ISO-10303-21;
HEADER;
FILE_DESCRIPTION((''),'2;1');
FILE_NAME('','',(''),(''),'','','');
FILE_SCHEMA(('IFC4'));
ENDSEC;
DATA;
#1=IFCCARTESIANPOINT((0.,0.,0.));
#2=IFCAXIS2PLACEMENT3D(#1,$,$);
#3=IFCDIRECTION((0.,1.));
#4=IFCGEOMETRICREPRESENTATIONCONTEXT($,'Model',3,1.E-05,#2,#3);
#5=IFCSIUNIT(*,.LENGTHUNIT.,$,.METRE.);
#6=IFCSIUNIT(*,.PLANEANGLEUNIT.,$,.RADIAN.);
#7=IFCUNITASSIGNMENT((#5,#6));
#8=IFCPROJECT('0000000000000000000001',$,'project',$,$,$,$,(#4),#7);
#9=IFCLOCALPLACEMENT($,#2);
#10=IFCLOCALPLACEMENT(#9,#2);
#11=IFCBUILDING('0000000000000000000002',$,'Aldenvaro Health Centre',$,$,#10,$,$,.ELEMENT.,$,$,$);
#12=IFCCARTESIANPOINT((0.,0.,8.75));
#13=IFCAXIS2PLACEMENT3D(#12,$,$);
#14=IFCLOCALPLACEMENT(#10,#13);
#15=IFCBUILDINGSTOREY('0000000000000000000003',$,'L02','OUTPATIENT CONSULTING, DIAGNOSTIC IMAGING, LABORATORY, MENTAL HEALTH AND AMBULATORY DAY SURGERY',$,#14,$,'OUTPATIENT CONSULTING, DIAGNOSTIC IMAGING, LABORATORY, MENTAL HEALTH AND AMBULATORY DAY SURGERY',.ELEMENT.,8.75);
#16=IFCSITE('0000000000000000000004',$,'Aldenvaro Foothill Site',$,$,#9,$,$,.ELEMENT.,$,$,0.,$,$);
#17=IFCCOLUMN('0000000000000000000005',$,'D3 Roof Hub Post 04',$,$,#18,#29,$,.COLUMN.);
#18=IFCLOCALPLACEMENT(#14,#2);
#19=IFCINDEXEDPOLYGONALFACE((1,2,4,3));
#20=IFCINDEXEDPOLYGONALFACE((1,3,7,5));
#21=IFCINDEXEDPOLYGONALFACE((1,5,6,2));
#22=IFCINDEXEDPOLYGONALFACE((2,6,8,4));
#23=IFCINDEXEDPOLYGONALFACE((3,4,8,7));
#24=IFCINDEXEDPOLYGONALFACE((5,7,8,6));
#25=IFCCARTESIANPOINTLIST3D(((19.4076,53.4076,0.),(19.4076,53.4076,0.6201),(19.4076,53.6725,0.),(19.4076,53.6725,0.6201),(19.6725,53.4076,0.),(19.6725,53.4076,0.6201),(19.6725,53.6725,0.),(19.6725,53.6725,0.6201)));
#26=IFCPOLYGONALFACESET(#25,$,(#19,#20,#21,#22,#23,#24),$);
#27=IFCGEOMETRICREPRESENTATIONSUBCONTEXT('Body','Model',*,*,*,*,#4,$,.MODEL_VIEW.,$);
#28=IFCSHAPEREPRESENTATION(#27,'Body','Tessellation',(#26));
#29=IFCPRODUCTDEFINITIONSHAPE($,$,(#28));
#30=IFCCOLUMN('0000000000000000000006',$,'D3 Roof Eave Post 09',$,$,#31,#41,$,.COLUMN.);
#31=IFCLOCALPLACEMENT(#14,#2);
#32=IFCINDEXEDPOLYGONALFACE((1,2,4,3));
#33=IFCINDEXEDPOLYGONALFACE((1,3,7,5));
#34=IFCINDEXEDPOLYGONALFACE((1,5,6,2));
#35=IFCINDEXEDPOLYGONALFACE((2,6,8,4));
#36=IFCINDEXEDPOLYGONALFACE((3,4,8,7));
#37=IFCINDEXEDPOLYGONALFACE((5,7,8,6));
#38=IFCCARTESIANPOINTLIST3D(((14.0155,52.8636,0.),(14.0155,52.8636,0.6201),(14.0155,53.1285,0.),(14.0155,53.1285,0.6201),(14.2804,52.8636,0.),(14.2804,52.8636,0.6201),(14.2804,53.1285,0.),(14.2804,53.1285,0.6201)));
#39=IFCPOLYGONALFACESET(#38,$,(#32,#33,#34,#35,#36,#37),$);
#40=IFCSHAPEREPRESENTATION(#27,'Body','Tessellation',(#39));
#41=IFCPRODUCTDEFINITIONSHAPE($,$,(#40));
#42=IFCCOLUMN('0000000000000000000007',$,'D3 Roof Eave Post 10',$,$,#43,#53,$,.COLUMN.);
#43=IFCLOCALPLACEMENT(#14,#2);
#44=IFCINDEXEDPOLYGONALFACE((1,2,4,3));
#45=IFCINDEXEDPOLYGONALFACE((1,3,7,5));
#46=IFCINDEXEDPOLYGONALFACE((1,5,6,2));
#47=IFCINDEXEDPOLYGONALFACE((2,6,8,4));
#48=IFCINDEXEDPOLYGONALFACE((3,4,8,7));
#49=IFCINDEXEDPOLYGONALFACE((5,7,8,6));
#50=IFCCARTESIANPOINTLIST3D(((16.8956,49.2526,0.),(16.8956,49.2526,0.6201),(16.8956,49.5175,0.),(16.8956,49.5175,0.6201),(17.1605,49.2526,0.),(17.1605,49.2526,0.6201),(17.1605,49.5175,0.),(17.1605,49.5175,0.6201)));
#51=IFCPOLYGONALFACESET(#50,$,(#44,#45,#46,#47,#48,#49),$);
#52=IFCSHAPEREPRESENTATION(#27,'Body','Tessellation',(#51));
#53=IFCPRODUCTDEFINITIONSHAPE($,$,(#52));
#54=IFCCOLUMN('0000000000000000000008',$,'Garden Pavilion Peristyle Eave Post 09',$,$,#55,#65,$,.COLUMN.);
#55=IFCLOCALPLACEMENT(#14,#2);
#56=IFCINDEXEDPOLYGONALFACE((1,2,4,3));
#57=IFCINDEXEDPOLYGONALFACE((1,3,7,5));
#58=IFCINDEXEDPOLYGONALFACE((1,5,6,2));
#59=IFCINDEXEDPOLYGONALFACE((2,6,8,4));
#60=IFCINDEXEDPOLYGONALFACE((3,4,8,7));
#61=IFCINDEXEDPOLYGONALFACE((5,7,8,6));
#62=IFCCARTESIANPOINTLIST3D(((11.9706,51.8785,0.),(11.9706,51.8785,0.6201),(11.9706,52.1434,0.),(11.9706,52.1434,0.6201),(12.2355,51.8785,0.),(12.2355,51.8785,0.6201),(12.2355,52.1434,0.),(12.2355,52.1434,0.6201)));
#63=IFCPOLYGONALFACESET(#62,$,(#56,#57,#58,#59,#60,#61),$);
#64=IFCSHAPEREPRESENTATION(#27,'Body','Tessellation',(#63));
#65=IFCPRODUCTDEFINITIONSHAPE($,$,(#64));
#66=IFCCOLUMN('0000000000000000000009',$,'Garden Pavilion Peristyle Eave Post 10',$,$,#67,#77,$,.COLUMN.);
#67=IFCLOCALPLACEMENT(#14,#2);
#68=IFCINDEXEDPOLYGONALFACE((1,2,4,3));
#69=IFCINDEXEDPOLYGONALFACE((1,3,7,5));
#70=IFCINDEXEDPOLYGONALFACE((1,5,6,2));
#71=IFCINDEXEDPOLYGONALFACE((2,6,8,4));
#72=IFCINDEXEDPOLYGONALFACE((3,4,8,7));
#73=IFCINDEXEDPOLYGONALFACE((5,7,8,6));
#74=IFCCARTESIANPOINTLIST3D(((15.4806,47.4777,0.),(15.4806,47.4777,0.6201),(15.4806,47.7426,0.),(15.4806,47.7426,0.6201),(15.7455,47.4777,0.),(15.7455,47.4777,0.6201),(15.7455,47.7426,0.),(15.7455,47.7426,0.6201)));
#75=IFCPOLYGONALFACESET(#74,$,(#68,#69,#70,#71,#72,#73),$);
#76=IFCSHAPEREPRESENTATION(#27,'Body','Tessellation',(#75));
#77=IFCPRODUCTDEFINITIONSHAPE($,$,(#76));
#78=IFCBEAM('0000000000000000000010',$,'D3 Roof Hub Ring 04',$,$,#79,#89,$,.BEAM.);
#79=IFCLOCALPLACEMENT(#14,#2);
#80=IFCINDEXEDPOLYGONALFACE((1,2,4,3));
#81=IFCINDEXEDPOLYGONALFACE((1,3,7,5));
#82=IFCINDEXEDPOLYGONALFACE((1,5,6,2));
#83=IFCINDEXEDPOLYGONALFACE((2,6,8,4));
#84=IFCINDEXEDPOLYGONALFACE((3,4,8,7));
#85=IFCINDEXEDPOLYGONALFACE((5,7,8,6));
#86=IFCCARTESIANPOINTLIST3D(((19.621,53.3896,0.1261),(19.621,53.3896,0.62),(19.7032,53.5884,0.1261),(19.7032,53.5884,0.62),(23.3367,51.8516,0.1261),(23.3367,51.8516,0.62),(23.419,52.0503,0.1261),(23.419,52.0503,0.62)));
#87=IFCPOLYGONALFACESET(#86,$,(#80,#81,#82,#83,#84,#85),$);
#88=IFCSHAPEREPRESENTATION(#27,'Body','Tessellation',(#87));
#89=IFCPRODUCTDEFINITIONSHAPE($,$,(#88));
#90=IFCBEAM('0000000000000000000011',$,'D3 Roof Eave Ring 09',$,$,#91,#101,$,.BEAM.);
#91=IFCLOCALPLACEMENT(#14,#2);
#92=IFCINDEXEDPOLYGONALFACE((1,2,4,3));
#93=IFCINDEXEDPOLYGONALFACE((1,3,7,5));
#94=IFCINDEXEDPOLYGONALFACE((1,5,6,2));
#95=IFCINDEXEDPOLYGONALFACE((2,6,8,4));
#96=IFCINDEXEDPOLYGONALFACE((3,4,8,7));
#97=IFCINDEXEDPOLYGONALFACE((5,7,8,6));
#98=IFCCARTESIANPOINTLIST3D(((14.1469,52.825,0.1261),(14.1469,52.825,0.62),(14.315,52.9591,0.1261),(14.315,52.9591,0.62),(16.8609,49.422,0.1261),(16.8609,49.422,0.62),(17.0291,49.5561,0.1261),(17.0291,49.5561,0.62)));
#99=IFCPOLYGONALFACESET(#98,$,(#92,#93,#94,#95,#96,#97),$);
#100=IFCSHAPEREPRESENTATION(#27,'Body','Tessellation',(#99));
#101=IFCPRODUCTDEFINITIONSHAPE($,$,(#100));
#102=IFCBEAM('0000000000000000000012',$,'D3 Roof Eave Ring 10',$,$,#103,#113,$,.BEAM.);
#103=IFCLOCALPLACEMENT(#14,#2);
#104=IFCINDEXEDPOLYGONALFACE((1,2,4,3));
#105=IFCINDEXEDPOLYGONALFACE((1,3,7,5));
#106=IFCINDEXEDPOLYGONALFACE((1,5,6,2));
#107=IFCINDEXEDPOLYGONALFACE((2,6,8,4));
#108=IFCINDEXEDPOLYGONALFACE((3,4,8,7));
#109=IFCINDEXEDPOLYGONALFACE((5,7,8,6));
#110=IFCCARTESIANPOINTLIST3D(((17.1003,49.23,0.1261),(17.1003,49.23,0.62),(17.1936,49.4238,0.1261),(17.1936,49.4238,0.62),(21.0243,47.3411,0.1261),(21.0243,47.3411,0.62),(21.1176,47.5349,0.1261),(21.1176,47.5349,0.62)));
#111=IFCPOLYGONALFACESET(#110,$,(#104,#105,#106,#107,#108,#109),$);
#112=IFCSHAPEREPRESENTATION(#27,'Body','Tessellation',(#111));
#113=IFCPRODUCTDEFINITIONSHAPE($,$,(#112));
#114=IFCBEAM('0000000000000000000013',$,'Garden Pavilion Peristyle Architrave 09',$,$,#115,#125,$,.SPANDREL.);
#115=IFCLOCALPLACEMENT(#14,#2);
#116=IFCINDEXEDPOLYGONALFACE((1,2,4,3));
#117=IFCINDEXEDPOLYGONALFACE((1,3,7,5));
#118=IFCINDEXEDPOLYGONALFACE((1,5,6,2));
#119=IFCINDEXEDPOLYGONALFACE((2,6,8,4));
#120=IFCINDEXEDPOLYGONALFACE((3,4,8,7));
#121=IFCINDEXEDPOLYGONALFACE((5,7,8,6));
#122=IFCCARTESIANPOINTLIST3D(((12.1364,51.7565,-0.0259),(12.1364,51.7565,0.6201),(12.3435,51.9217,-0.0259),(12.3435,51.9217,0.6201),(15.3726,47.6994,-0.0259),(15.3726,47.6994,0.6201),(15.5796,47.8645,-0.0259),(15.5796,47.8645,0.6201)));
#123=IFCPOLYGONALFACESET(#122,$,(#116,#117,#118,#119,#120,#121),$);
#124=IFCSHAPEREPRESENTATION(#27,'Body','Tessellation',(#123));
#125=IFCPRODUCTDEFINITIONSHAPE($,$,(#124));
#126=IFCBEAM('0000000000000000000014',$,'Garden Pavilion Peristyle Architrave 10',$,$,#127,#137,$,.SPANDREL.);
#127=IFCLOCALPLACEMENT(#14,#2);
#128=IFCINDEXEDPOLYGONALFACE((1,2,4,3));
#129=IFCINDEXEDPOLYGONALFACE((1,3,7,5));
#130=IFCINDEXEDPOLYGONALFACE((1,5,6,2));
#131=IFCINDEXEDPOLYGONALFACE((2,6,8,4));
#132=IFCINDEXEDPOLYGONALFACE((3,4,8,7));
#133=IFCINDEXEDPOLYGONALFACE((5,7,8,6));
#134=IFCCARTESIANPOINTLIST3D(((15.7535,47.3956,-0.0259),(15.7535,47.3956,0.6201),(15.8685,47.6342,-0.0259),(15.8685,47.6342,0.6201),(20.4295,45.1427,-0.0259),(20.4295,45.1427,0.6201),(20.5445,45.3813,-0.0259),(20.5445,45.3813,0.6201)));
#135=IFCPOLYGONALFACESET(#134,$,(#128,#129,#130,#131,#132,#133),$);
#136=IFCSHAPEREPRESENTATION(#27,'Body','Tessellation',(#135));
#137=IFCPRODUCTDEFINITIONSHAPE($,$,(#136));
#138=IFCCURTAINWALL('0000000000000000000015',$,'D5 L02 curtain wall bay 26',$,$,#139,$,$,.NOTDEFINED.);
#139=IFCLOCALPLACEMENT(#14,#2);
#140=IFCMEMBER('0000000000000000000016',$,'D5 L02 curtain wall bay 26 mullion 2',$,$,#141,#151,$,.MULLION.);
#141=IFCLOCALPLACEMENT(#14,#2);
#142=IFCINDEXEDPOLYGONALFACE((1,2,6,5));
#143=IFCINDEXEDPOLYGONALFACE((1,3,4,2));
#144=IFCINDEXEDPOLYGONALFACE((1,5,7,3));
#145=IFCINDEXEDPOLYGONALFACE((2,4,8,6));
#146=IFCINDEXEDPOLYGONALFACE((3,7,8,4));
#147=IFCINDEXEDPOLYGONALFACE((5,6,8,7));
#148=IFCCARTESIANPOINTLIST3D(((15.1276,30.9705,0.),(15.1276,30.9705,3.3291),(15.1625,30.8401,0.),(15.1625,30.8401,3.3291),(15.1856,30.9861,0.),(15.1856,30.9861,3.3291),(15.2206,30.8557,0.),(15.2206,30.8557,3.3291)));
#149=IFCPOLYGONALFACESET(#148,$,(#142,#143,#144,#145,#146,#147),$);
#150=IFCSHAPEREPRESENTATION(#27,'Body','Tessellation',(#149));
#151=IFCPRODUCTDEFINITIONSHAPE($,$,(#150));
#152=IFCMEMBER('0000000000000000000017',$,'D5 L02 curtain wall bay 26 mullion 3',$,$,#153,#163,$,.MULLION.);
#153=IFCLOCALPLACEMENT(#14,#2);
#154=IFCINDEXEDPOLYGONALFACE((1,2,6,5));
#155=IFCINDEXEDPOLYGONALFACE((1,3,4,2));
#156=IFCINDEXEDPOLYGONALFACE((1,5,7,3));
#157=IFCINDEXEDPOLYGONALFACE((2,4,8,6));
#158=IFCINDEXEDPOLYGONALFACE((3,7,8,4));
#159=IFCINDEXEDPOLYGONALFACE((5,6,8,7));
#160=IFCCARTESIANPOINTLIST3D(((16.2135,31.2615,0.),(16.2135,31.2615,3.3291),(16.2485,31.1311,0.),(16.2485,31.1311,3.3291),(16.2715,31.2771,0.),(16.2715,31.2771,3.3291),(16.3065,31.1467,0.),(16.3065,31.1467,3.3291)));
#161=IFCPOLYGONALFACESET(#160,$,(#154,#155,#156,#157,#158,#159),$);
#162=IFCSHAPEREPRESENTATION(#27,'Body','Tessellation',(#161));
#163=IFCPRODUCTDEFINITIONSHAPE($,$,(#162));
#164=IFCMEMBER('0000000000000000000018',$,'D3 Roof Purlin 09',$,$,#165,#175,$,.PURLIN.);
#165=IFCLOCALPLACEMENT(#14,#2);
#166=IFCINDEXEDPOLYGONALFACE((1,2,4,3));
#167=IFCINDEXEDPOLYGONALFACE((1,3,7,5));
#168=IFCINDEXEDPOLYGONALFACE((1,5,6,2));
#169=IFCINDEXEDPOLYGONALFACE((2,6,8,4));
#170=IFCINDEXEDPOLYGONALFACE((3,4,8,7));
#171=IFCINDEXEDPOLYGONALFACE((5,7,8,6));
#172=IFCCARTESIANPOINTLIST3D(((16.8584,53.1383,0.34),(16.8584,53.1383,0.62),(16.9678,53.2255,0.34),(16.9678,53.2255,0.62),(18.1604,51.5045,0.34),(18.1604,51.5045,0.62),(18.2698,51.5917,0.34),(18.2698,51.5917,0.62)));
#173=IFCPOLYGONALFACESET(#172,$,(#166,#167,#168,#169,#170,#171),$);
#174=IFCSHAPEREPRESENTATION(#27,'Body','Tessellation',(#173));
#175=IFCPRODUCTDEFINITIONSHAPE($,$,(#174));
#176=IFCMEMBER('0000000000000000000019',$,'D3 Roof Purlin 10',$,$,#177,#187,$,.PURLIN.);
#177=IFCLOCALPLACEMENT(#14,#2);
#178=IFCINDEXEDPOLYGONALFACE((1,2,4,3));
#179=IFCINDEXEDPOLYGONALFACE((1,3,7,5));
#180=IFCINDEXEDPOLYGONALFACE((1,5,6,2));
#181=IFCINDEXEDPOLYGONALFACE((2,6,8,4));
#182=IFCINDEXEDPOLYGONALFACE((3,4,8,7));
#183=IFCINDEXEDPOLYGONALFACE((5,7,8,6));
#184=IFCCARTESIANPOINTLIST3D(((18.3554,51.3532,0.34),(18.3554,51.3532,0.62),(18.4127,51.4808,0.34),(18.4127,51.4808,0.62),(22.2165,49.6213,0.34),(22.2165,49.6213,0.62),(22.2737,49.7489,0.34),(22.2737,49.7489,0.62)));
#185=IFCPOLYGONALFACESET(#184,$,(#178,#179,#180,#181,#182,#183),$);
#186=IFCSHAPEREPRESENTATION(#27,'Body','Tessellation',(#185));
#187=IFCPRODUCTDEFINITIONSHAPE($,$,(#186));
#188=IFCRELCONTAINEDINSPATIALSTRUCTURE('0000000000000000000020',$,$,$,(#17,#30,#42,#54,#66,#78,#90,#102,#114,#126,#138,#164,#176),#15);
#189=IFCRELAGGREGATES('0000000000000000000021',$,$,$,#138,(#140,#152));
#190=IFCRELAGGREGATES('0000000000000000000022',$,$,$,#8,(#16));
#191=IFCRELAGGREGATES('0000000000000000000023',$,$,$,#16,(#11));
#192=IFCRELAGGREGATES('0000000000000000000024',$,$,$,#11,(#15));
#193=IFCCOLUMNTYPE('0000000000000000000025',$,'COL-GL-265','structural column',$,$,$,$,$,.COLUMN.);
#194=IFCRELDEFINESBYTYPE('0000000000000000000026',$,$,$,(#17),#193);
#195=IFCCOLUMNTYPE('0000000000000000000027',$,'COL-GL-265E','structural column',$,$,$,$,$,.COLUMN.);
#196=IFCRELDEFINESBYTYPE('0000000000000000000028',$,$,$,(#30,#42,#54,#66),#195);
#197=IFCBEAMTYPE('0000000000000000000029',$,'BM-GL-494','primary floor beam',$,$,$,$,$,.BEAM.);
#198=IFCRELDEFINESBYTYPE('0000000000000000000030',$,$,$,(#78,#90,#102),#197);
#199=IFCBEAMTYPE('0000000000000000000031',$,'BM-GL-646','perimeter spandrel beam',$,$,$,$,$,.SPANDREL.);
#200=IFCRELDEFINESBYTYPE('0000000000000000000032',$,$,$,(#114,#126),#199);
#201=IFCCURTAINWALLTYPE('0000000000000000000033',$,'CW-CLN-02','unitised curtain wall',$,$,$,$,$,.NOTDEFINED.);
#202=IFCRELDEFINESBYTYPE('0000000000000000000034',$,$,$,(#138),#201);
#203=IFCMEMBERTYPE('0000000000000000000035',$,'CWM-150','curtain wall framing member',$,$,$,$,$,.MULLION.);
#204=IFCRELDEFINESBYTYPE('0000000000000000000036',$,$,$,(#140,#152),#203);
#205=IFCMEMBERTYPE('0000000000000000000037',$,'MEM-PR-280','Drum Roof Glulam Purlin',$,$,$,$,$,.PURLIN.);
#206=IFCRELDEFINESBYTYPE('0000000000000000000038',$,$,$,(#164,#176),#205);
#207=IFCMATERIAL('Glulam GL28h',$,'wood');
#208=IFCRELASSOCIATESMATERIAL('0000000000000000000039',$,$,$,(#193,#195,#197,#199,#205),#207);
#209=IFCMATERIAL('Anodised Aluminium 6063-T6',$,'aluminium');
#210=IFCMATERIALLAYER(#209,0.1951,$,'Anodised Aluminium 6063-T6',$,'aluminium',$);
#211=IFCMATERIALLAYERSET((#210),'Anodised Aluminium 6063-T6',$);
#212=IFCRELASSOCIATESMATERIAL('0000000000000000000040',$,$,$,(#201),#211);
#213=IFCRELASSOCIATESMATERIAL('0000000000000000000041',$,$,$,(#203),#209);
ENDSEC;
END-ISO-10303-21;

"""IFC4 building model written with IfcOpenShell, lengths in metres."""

from ifc_helpers import new_model, si_unit, direction, frame, origin, origin_2d, place, context, subcontext, project, spatial, rectangle, extrude, material, layer, layer_set, material_profile, profile_set, type_object, element, aggregate, save


model = new_model("IFC4")

# Units and contexts
model_context = context("Model", 3, precision=1e-05, world=origin(), true_north=direction((0.0, 1.0)))
body_context = subcontext(model_context, "Body", "Model", "MODEL_VIEW")
ifc_project = project(units=[si_unit("LENGTHUNIT", "METRE"), si_unit("PLANEANGLEUNIT", "RADIAN")], contexts=[model_context])

# Site, building, storey
site_placement = place(None, origin())
site = spatial("IfcSite", under=ifc_project, at=site_placement, Name="Aldenvaro Foothill Site", CompositionType="ELEMENT", RefElevation=0.0)
building_placement = place(site_placement, origin())
building = spatial("IfcBuilding", under=site, at=building_placement, Name="Aldenvaro Health Centre", CompositionType="ELEMENT")
storey_placement = place(building_placement, frame((0.0, 0.0, 8.75)))
storey = spatial("IfcBuildingStorey", under=building, at=storey_placement, Name="L02", Description="OUTPATIENT CONSULTING, DIAGNOSTIC IMAGING, LABORATORY, MENTAL HEALTH AND AMBULATORY DAY SURGERY", LongName="OUTPATIENT CONSULTING, DIAGNOSTIC IMAGING, LABORATORY, MENTAL HEALTH AND AMBULATORY DAY SURGERY", CompositionType="ELEMENT", Elevation=8.75)

# Columns
ifc_material_1 = material(Name="Glulam GL28h", Category="wood")
ifc_material_profile_1 = material_profile(ifc_material_1, rectangle(XDim=0.2649, YDim=0.2649, at=origin_2d()), Name="GL 265x265", Category="wood")
ifc_profile_set_1 = profile_set([ifc_material_profile_1], Name="Glulam GL28h")
column_type_1 = type_object("IfcColumnType", Name="COL-GL-265", Description="structural column", PredefinedType="COLUMN", material=ifc_profile_set_1)
column_placement = place(storey_placement, frame((19.54, 53.54, 0.0), z_axis=(0.0, 0.0, 1.0), x_axis=(1.0, 0.0, 0.0)))
element("IfcColumn", 1, at=column_placement, inside=storey, type_object=column_type_1, Name="D3 Roof Hub Post 04", PredefinedType="COLUMN", context=body_context, shape_type="SweptSolid", body=[
    extrude(rectangle(XDim=0.2649, YDim=0.2649, at=origin_2d()), origin(), (0.0, 0.0, 1.0), 0.6201),
])
ifc_material_profile_2 = material_profile(ifc_material_1, rectangle(XDim=0.2649, YDim=0.2649, at=origin_2d()), Name="GL 265x265", Category="wood")
ifc_profile_set_2 = profile_set([ifc_material_profile_2], Name="Glulam GL28h")
column_type_2 = type_object("IfcColumnType", Name="COL-GL-265E", Description="structural column", PredefinedType="COLUMN", material=ifc_profile_set_2)
for number, where, z_axis, x_axis, name in (
    (2, (14.1479, 52.9961, 0.0), (0.0, 0.0, 1.0), (1.0, 0.0, 0.0), "D3 Roof Eave Post 09"),
    (3, (17.0281, 49.385, 0.0), (0.0, 0.0, 1.0), (1.0, 0.0, 0.0), "D3 Roof Eave Post 10"),
    (4, (12.103, 52.011, 0.0), (0.0, 0.0, 1.0), (1.0, 0.0, 0.0), "Garden Pavilion Peristyle Eave Post 09"),
    (5, (15.613, 47.6101, 0.0), (0.0, 0.0, 1.0), (1.0, 0.0, 0.0), "Garden Pavilion Peristyle Eave Post 10"),
):
    element("IfcColumn", number, at=place(storey_placement, frame(where, z_axis=z_axis, x_axis=x_axis)), inside=storey, type_object=column_type_2, Name=name, PredefinedType="COLUMN", context=body_context, shape_type="SweptSolid", body=[
        extrude(rectangle(XDim=0.2649, YDim=0.2649, at=origin_2d()), origin(), (0.0, 0.0, 1.0), 0.6201),
    ])

# Beams
ifc_material_profile_3 = material_profile(ifc_material_1, rectangle(XDim=0.2151, YDim=0.4939, at=origin_2d()), Name="GL 215x494", Category="wood")
ifc_profile_set_3 = profile_set([ifc_material_profile_3], Name="Glulam GL28h")
beam_type_1 = type_object("IfcBeamType", Name="BM-GL-494", Description="primary floor beam", PredefinedType="BEAM", material=ifc_profile_set_3)
beam_1_placement = place(storey_placement, frame((19.6621, 53.489, 0.373), z_axis=(0.923972, -0.382459, 0.0), x_axis=(0.382459, 0.923972, 0.0)))
element("IfcBeam", 6, at=beam_1_placement, inside=storey, type_object=beam_type_1, Name="D3 Roof Hub Ring 04", PredefinedType="BEAM", context=body_context, shape_type="SweptSolid", body=[
    extrude(rectangle(XDim=0.2151, YDim=0.4939, at=origin_2d()), origin(), (0.0, 0.0, 1.0), 4.0215),
])
beam_2_placement = place(storey_placement, frame((14.231, 52.8921, 0.373), z_axis=(0.623525, -0.781804, 0.0), x_axis=(0.781804, 0.623525, 0.0)))
element("IfcBeam", 7, at=beam_2_placement, inside=storey, type_object=beam_type_1, Name="D3 Roof Eave Ring 09", PredefinedType="BEAM", context=body_context, shape_type="SweptSolid", body=[
    extrude(rectangle(XDim=0.2151, YDim=0.4939, at=origin_2d()), origin(), (0.0, 0.0, 1.0), 4.3528),
])
beam_3_placement = place(storey_placement, frame((17.147, 49.3269, 0.373), z_axis=(0.901042, -0.433731, 0.0), x_axis=(0.433731, 0.901042, 0.0)))
element("IfcBeam", 8, at=beam_3_placement, inside=storey, type_object=beam_type_1, Name="D3 Roof Eave Ring 10", PredefinedType="BEAM", context=body_context, shape_type="SweptSolid", body=[
    extrude(rectangle(XDim=0.2151, YDim=0.4939, at=origin_2d()), origin(), (0.0, 0.0, 1.0), 4.355),
])
ifc_material_profile_4 = material_profile(ifc_material_1, rectangle(XDim=0.2649, YDim=0.646, at=origin_2d()), Name="GL 265x646", Category="wood")
ifc_profile_set_4 = profile_set([ifc_material_profile_4], Name="Glulam GL28h")
beam_type_2 = type_object("IfcBeamType", Name="BM-GL-646", Description="perimeter spandrel beam", PredefinedType="SPANDREL", material=ifc_profile_set_4)
beam_4_placement = place(storey_placement, frame((12.24, 51.8391, 0.2971), z_axis=(0.623564, -0.781772, 0.0), x_axis=(0.781772, 0.623564, 0.0)))
element("IfcBeam", 9, at=beam_4_placement, inside=storey, type_object=beam_type_2, Name="Garden Pavilion Peristyle Architrave 09", PredefinedType="SPANDREL", context=body_context, shape_type="SweptSolid", body=[
    extrude(rectangle(XDim=0.2649, YDim=0.646, at=origin_2d()), origin(), (0.0, 0.0, 1.0), 5.1897),
])
beam_5_placement = place(storey_placement, frame((15.811, 47.5149, 0.2971), z_axis=(0.900888, -0.434052, 0.0), x_axis=(0.434052, 0.900888, 0.0)))
element("IfcBeam", 10, at=beam_5_placement, inside=storey, type_object=beam_type_2, Name="Garden Pavilion Peristyle Architrave 10", PredefinedType="SPANDREL", context=body_context, shape_type="SweptSolid", body=[
    extrude(rectangle(XDim=0.2649, YDim=0.646, at=origin_2d()), origin(), (0.0, 0.0, 1.0), 5.1904),
])

# Curtain wall, members
ifc_material_2 = material(Name="Anodised Aluminium 6063-T6", Category="aluminium")
ifc_layer_1 = layer(ifc_material_2, 0.1951, Name="Anodised Aluminium 6063-T6", Category="aluminium")
ifc_layer_set_1 = layer_set([ifc_layer_1], Name="Anodised Aluminium 6063-T6")
curtain_wall_type = type_object("IfcCurtainWallType", Name="CW-CLN-02", Description="unitised curtain wall", PredefinedType="NOTDEFINED", material=ifc_layer_set_1)
curtain_wall_placement = place(storey_placement, origin())
curtain_wall = element("IfcCurtainWall", 11, at=curtain_wall_placement, inside=storey, type_object=curtain_wall_type, Name="D5 L02 curtain wall bay 26", PredefinedType="NOTDEFINED")
ifc_material_profile_5 = material_profile(ifc_material_2, rectangle(XDim=0.0601, YDim=0.135, at=origin_2d()), Name="ALU 60x135", Category="aluminium")
ifc_profile_set_5 = profile_set([ifc_material_profile_5], Name="Anodised Aluminium 6063-T6")
member_type_1 = type_object("IfcMemberType", Name="CWM-150", Description="curtain wall framing member", PredefinedType="MULLION", material=ifc_profile_set_5)
member_1_placement = place(storey_placement, frame((15.1741, 30.9131, 0.0), z_axis=(0.0, 0.0, 1.0), x_axis=(0.965924, 0.258825, 0.0)))
member_1 = element("IfcMember", 12, at=member_1_placement, type_object=member_type_1, Name="D5 L02 curtain wall bay 26 mullion 2", PredefinedType="MULLION", context=body_context, shape_type="SweptSolid", body=[
    extrude(rectangle(XDim=0.0601, YDim=0.135, at=origin_2d()), origin(), (0.0, 0.0, 1.0), 3.3291),
])
member_2_placement = place(storey_placement, frame((16.26, 31.2041, 0.0), z_axis=(0.0, 0.0, 1.0), x_axis=(0.965924, 0.258825, 0.0)))
member_2 = element("IfcMember", 13, at=member_2_placement, type_object=member_type_1, Name="D5 L02 curtain wall bay 26 mullion 3", PredefinedType="MULLION", context=body_context, shape_type="SweptSolid", body=[
    extrude(rectangle(XDim=0.0601, YDim=0.135, at=origin_2d()), origin(), (0.0, 0.0, 1.0), 3.3291),
])

# Members
ifc_material_profile_6 = material_profile(ifc_material_1, rectangle(XDim=0.1399, YDim=0.28, at=origin_2d()), Name="GL 140x280", Category="wood")
ifc_profile_set_6 = profile_set([ifc_material_profile_6], Name="Glulam GL28h")
member_type_2 = type_object("IfcMemberType", Name="MEM-PR-280", Description="Drum Roof Glulam Purlin", PredefinedType="PURLIN", material=ifc_profile_set_6)
member_3_placement = place(storey_placement, frame((16.9131, 53.1819, 0.48), z_axis=(0.623226, -0.782042, 0.0), x_axis=(0.782042, 0.623226, 0.0)))
element("IfcMember", 14, at=member_3_placement, inside=storey, type_object=member_type_2, Name="D3 Roof Purlin 09", PredefinedType="PURLIN", context=body_context, shape_type="SweptSolid", body=[
    extrude(rectangle(XDim=0.1399, YDim=0.28, at=origin_2d()), origin(), (0.0, 0.0, 1.0), 2.0891),
])
member_4_placement = place(storey_placement, frame((18.384, 51.417, 0.48), z_axis=(0.912412, -0.409273, 0.0), x_axis=(0.409273, 0.912412, 0.0)))
element("IfcMember", 15, at=member_4_placement, inside=storey, type_object=member_type_2, Name="D3 Roof Purlin 10", PredefinedType="PURLIN", context=body_context, shape_type="SweptSolid", body=[
    extrude(rectangle(XDim=0.1399, YDim=0.28, at=origin_2d()), origin(), (0.0, 0.0, 1.0), 4.2317),
])

aggregate(curtain_wall, [member_1, member_2])

save(model, "model.ifc")
